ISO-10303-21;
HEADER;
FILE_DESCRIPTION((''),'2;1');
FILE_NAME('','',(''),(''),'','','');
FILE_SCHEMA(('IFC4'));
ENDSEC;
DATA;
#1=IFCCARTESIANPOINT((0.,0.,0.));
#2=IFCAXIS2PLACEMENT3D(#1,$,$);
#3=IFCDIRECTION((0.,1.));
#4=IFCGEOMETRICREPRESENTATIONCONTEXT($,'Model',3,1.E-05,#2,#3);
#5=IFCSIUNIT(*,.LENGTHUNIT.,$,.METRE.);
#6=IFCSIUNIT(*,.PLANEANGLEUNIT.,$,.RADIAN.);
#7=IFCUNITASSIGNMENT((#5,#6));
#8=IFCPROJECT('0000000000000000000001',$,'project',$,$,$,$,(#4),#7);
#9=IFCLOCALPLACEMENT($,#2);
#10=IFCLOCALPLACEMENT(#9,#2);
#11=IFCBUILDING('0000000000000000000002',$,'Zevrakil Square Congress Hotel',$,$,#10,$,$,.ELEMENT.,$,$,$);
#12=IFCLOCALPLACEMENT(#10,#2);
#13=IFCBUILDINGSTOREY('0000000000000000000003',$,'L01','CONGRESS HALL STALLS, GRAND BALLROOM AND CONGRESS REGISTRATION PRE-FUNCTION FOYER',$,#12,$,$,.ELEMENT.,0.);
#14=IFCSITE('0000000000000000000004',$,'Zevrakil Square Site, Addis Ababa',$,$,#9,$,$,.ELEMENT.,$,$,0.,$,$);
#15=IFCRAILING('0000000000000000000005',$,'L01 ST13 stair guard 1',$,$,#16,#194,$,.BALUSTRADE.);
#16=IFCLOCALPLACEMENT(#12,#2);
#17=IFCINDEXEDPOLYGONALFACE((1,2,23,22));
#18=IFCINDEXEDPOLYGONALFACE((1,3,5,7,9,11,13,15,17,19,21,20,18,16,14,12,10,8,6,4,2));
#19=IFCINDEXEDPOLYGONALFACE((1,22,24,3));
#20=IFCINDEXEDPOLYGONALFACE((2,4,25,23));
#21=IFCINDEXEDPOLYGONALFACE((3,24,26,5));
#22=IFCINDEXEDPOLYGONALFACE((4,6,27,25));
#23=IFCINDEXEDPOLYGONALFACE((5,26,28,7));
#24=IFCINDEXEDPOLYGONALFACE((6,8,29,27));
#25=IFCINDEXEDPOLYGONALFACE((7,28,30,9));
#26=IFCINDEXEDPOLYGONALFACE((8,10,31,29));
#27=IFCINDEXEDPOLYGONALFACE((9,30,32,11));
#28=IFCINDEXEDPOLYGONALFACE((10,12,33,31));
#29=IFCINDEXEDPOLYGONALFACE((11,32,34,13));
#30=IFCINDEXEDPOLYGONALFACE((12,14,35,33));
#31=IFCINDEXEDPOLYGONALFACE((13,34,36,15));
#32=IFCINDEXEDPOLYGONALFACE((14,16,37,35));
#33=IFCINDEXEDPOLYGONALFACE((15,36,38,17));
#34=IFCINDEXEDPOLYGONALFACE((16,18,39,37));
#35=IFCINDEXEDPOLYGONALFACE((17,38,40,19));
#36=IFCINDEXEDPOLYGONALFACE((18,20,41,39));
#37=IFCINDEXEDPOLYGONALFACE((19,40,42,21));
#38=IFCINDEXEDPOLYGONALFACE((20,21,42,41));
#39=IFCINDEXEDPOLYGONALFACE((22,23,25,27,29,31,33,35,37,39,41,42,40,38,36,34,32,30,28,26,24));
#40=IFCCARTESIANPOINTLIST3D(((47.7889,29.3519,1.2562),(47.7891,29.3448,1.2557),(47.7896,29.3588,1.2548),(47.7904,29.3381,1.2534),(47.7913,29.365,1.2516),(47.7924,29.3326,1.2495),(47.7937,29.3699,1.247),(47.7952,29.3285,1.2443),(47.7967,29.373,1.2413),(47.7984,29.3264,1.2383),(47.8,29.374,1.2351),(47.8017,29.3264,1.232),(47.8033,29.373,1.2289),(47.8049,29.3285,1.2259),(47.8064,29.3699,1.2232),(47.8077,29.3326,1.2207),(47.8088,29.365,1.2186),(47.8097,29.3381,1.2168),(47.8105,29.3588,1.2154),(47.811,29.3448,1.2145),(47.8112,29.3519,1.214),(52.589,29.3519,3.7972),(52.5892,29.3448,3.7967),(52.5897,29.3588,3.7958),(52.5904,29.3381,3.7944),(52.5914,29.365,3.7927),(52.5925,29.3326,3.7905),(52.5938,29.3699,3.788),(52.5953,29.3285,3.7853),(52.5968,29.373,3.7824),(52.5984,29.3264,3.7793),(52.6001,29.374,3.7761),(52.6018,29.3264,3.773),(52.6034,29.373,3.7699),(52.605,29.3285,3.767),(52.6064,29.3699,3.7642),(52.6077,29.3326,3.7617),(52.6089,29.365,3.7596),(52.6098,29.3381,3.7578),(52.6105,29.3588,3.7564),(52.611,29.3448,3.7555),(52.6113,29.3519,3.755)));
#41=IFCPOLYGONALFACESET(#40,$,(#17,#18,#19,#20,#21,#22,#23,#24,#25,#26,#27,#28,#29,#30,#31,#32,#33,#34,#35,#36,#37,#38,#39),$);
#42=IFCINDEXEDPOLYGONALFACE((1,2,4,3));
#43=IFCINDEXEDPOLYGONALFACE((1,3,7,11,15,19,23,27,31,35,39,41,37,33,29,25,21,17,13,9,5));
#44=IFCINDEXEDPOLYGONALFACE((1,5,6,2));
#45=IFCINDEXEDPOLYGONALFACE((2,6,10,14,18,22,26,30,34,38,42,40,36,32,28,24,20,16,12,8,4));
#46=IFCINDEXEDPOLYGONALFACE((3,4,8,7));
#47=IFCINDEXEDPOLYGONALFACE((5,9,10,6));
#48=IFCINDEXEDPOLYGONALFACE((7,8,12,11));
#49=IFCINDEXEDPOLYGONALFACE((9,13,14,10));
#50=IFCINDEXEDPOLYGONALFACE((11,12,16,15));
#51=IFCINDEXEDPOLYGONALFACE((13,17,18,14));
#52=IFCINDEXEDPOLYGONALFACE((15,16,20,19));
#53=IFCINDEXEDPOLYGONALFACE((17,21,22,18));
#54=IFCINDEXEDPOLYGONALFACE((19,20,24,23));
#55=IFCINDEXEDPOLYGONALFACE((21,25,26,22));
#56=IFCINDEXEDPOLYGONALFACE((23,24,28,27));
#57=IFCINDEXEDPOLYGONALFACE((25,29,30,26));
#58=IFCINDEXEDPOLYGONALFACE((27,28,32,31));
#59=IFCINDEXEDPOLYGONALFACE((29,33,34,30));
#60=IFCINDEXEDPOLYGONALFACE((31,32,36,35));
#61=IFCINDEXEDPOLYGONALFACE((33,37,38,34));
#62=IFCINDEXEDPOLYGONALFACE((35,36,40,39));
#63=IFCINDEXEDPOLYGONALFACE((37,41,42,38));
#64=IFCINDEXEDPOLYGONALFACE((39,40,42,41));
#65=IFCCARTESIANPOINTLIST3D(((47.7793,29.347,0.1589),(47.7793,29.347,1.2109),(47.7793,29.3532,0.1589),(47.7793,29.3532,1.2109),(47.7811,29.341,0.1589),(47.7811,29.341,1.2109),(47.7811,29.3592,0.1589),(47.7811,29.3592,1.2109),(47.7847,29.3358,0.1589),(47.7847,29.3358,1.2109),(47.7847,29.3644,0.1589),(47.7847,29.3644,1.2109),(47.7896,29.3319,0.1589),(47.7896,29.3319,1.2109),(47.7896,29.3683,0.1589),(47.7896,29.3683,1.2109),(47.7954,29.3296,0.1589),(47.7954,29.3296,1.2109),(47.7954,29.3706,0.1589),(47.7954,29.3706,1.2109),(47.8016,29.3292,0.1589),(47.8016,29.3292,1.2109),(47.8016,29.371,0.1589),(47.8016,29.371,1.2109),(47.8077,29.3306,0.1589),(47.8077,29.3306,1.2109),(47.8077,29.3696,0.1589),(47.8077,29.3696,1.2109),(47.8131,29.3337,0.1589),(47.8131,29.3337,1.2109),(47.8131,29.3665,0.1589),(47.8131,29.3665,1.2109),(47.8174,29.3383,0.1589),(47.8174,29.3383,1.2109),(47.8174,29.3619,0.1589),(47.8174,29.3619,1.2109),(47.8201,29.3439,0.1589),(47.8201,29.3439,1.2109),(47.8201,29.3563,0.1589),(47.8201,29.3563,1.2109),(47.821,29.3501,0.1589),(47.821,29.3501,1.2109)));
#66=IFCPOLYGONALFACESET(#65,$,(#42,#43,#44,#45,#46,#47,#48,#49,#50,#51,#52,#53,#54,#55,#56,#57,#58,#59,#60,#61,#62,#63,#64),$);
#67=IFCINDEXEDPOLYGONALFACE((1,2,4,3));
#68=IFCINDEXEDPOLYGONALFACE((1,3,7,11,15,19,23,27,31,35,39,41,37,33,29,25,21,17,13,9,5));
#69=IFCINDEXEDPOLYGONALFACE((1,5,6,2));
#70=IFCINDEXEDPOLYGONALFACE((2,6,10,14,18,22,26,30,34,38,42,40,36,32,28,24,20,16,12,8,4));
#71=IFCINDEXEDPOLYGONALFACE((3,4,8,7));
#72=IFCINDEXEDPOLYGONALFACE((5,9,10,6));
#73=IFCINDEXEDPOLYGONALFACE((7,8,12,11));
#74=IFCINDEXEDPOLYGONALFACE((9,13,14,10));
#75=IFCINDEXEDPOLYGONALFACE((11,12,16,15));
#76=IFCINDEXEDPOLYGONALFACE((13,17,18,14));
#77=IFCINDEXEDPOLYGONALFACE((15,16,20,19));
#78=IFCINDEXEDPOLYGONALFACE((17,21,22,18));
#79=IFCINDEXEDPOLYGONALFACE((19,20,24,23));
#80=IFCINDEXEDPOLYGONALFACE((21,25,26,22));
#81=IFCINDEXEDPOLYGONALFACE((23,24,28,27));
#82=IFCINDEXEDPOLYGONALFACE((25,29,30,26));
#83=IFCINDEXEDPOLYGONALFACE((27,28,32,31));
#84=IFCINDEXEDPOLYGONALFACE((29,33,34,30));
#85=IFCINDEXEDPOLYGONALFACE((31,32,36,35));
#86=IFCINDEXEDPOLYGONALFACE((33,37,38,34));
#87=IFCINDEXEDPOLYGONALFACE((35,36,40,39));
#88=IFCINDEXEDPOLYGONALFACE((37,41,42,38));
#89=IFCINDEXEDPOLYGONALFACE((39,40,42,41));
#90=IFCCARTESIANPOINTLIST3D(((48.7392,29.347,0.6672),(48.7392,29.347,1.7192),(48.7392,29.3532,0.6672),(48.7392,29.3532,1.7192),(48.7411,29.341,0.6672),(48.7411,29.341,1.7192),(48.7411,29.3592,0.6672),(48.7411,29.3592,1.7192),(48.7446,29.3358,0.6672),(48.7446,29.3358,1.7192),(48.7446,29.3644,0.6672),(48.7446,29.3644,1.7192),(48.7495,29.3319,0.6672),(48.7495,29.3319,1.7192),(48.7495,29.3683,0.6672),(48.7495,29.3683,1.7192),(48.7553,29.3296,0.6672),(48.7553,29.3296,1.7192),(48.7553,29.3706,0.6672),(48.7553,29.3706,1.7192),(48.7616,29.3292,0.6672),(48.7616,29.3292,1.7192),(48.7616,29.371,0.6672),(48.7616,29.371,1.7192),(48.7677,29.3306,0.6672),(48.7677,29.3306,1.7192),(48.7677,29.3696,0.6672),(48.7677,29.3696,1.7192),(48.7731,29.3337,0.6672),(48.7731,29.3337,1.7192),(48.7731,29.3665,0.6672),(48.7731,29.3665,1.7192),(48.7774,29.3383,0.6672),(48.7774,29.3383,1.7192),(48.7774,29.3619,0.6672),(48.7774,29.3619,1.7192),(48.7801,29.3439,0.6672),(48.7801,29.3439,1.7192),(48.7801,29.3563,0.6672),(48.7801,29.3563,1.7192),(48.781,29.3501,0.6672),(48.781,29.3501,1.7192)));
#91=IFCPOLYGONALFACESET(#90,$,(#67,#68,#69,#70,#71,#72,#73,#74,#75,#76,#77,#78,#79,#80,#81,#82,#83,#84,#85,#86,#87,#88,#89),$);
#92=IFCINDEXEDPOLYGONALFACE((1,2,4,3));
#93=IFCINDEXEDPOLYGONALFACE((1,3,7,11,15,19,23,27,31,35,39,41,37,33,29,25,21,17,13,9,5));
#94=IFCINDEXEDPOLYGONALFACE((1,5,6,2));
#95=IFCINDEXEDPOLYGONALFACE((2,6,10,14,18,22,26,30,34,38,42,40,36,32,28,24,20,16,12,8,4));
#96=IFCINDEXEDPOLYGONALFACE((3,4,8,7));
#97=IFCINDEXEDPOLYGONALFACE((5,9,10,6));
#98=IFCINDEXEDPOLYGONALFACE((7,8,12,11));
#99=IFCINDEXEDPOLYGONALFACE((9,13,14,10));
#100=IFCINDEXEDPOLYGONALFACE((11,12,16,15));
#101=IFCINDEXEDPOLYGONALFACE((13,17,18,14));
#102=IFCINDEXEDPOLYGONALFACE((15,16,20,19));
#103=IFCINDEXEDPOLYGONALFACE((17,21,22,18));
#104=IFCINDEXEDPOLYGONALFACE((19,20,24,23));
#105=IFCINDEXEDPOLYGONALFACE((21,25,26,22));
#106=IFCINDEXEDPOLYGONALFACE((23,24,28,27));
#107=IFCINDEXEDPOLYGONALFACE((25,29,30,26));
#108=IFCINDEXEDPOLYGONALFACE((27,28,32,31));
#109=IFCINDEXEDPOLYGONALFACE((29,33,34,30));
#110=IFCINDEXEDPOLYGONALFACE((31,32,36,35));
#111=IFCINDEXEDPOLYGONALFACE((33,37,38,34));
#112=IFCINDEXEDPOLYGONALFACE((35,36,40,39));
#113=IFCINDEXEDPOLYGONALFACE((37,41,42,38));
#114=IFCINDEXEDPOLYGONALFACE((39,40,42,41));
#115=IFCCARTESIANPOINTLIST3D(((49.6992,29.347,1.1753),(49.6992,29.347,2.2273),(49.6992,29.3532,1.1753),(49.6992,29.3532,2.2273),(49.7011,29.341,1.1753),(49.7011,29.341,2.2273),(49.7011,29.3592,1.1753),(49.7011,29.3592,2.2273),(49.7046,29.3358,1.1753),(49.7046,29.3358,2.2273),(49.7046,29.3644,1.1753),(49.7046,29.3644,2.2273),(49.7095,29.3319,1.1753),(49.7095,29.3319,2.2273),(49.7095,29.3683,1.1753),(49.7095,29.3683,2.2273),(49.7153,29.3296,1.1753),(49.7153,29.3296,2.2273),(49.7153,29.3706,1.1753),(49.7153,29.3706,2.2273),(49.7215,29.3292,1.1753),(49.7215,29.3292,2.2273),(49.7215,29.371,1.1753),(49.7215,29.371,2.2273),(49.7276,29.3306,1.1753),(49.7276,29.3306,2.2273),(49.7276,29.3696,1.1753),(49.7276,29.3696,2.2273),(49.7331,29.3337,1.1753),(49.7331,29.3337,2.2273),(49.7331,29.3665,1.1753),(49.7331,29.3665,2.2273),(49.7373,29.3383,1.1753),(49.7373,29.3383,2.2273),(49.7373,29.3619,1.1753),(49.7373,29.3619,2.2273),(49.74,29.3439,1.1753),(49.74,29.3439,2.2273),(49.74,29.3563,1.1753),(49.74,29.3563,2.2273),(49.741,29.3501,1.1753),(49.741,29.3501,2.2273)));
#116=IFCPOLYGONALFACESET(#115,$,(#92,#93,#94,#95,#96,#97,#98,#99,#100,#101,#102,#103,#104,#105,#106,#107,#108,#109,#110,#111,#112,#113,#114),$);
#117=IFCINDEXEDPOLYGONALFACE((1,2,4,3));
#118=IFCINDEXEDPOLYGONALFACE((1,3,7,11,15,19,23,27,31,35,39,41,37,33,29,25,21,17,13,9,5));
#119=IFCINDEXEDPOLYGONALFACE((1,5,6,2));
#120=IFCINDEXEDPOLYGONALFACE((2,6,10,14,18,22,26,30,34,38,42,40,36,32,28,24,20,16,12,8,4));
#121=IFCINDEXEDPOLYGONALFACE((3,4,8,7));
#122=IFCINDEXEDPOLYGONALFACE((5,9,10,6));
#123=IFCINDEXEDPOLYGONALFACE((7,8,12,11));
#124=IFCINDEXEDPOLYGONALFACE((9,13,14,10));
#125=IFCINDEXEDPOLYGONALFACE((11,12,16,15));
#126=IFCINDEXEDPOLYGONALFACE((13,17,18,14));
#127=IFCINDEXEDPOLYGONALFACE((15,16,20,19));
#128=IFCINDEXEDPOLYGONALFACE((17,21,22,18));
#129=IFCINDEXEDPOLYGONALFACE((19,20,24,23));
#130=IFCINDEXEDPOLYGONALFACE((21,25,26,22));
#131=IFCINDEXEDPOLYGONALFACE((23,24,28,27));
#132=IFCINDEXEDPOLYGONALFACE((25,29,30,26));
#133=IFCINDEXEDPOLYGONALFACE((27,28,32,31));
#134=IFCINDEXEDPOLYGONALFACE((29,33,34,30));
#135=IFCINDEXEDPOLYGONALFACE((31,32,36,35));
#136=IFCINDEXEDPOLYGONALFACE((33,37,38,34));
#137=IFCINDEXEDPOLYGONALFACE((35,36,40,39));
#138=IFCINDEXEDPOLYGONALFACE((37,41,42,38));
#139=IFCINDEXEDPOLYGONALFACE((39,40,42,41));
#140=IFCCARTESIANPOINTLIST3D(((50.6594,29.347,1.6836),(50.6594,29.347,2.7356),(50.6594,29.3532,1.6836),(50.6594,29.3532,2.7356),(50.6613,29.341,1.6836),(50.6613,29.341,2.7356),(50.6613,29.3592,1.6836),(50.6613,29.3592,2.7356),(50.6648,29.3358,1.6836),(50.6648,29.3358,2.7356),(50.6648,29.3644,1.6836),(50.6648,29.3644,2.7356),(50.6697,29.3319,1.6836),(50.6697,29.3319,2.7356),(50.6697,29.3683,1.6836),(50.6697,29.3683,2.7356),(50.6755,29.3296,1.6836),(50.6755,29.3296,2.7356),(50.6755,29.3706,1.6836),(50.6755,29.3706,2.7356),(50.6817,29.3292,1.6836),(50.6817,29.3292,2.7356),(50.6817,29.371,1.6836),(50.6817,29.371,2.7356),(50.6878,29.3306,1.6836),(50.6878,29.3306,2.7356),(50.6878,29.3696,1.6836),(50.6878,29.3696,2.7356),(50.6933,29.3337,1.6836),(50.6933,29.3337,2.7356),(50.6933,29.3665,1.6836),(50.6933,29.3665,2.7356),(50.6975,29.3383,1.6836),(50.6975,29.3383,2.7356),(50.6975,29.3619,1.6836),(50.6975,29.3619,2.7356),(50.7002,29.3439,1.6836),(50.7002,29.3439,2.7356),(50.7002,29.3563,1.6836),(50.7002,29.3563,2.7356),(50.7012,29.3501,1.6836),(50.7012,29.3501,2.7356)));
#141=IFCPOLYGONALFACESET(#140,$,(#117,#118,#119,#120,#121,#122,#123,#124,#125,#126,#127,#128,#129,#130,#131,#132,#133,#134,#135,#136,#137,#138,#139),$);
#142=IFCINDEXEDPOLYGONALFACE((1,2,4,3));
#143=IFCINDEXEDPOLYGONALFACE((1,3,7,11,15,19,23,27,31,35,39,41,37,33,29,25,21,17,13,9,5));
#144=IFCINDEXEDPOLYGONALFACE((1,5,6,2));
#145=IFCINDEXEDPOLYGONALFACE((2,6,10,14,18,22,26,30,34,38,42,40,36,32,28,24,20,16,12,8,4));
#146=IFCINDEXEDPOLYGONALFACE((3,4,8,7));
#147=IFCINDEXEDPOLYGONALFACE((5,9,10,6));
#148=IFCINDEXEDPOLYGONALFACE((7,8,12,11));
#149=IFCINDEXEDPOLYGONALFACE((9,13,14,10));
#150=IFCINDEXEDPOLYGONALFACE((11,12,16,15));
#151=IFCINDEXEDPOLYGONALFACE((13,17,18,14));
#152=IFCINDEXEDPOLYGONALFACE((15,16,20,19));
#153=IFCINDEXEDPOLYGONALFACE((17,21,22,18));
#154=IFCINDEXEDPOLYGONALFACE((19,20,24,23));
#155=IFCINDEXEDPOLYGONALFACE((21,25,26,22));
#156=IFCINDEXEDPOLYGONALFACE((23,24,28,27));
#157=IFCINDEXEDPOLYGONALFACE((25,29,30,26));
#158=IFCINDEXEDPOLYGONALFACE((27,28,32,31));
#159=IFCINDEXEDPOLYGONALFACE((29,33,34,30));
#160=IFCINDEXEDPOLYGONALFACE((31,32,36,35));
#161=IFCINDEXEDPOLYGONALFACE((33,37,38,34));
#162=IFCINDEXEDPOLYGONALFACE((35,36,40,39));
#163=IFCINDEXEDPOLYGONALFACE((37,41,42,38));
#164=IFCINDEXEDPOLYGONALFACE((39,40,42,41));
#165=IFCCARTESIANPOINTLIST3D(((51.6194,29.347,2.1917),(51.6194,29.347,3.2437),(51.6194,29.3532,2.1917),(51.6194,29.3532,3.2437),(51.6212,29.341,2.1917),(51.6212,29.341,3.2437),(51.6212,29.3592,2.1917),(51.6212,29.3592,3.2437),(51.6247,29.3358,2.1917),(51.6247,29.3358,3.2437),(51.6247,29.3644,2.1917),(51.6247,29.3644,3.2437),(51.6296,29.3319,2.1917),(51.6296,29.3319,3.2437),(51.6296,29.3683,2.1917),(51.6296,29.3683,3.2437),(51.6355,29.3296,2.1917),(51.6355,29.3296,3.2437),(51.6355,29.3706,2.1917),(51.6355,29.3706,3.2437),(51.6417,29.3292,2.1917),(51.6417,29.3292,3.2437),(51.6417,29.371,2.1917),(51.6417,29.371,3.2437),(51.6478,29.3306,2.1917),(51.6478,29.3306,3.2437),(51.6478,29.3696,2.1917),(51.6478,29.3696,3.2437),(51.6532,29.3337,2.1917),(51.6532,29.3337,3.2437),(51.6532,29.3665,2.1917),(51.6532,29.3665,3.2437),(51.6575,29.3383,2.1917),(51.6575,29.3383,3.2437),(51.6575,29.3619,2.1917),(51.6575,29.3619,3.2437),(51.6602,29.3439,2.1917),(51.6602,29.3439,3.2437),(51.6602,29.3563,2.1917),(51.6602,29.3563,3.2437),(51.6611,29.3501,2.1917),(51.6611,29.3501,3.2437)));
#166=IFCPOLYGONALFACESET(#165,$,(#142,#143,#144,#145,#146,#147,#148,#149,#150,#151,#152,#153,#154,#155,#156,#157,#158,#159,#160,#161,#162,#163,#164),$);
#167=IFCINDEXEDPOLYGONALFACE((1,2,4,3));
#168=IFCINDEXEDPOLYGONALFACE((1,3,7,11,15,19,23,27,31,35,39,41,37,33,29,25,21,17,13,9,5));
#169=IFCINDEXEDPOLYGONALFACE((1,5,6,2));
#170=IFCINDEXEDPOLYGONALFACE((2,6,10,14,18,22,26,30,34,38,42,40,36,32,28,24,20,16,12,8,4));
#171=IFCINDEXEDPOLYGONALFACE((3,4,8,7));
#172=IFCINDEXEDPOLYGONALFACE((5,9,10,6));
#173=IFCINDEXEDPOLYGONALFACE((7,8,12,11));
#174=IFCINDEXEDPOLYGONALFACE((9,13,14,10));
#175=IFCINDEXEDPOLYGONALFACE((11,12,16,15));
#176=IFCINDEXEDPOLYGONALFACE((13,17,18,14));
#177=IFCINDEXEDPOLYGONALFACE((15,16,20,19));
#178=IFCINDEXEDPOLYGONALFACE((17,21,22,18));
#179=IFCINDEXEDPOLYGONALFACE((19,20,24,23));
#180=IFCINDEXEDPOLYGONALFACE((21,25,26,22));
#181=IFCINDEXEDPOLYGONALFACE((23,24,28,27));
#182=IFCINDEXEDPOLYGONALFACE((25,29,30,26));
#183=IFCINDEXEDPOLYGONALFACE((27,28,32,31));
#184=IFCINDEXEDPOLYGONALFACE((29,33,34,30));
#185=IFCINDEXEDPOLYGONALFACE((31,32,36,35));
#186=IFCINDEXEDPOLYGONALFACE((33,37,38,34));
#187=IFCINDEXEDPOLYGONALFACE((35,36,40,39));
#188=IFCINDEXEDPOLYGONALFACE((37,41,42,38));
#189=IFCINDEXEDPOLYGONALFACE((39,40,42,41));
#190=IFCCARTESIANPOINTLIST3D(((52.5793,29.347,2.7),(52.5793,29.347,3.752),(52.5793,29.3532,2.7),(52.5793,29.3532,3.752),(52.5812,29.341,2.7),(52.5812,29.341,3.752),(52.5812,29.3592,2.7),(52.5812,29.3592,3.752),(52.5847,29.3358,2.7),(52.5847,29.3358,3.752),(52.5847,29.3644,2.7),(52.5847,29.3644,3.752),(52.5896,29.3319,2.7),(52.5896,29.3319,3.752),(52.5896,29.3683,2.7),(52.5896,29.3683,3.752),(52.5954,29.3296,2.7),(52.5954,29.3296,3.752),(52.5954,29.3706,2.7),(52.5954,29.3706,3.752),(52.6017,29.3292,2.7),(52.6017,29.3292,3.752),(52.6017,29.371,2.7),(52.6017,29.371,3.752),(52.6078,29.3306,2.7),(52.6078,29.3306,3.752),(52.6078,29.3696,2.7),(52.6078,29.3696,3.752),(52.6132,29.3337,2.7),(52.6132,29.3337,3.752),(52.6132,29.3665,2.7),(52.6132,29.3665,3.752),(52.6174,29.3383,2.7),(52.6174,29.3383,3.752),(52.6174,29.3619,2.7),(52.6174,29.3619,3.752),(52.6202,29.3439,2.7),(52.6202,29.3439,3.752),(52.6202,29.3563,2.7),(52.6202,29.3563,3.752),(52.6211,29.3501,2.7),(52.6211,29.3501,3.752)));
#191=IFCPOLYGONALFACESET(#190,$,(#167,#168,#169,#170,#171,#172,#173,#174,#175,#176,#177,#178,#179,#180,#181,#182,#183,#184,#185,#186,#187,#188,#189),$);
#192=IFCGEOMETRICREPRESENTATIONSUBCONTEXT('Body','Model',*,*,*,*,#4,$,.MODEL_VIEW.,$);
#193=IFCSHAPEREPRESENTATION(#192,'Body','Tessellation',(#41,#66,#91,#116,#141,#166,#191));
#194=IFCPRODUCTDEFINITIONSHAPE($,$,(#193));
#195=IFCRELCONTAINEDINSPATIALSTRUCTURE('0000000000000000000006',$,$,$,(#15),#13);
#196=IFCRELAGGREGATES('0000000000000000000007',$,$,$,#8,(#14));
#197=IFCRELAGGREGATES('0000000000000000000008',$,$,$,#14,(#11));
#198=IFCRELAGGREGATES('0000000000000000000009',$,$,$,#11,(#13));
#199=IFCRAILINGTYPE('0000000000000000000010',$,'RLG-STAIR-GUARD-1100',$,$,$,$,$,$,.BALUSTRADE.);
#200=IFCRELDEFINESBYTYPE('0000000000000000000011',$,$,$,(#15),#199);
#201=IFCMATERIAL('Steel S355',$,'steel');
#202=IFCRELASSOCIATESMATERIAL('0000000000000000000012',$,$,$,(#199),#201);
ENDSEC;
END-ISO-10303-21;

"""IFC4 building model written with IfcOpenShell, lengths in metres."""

from ifc_helpers import new_model, si_unit, direction, frame, origin, origin_2d, place, context, subcontext, project, spatial, circle, extrude, material, type_object, element, save


model = new_model("IFC4")

# Units and contexts
model_context = context("Model", 3, precision=1e-05, world=origin(), true_north=direction((0.0, 1.0)))
body_context = subcontext(model_context, "Body", "Model", "MODEL_VIEW")
ifc_project = project(units=[si_unit("LENGTHUNIT", "METRE"), si_unit("PLANEANGLEUNIT", "RADIAN")], contexts=[model_context])

# Site, building, storey
site_placement = place(None, origin())
site = spatial("IfcSite", under=ifc_project, at=site_placement, Name="Zevrakil Square Site, Addis Ababa", CompositionType="ELEMENT", RefElevation=0.0)
building_placement = place(site_placement, origin())
building = spatial("IfcBuilding", under=site, at=building_placement, Name="Zevrakil Square Congress Hotel", CompositionType="ELEMENT")
storey_placement = place(building_placement, origin())
storey = spatial("IfcBuildingStorey", under=building, at=storey_placement, Name="L01", Description="CONGRESS HALL STALLS, GRAND BALLROOM AND CONGRESS REGISTRATION PRE-FUNCTION FOYER", CompositionType="ELEMENT", Elevation=0.0)

# Railing
ifc_material_1 = material(Name="Steel S355", Category="steel")
railing_type_1 = type_object("IfcRailingType", Name="RLG-STAIR-GUARD-1100", PredefinedType="BALUSTRADE", material=ifc_material_1)
railing_1_placement = place(storey_placement, frame((47.8, 29.3501, 0.1589)))
element("IfcRailing", 1, at=railing_1_placement, inside=storey, type_object=railing_type_1, Name="L01 ST13 stair guard 1", PredefinedType="BALUSTRADE", context=body_context, shape_type="SweptSolid", body=[
    extrude(circle(Radius=0.0239, at=origin_2d()), frame((0.0, 0.0, 1.0762), z_axis=(0.883802, 0.0, 0.467861), x_axis=(0.0, 1.0, 0.0)), (0.0, 0.0, 1.0), 5.4312),
    extrude(circle(Radius=0.021, at=origin_2d()), origin(), (0.0, 0.0, 1.0), 1.052),
    extrude(circle(Radius=0.021, at=origin_2d()), frame((0.96, 0.0, 0.5083)), (0.0, 0.0, 1.0), 1.052),
    extrude(circle(Radius=0.021, at=origin_2d()), frame((1.9199, 0.0, 1.0164)), (0.0, 0.0, 1.0), 1.052),
    extrude(circle(Radius=0.021, at=origin_2d()), frame((2.8801, 0.0, 1.5247)), (0.0, 0.0, 1.0), 1.052),
    extrude(circle(Radius=0.021, at=origin_2d()), frame((3.8401, 0.0, 2.0327)), (0.0, 0.0, 1.0), 1.052),
    extrude(circle(Radius=0.021, at=origin_2d()), frame((4.8, 0.0, 2.541)), (0.0, 0.0, 1.0), 1.052),
])

save(model, "model.ifc")
